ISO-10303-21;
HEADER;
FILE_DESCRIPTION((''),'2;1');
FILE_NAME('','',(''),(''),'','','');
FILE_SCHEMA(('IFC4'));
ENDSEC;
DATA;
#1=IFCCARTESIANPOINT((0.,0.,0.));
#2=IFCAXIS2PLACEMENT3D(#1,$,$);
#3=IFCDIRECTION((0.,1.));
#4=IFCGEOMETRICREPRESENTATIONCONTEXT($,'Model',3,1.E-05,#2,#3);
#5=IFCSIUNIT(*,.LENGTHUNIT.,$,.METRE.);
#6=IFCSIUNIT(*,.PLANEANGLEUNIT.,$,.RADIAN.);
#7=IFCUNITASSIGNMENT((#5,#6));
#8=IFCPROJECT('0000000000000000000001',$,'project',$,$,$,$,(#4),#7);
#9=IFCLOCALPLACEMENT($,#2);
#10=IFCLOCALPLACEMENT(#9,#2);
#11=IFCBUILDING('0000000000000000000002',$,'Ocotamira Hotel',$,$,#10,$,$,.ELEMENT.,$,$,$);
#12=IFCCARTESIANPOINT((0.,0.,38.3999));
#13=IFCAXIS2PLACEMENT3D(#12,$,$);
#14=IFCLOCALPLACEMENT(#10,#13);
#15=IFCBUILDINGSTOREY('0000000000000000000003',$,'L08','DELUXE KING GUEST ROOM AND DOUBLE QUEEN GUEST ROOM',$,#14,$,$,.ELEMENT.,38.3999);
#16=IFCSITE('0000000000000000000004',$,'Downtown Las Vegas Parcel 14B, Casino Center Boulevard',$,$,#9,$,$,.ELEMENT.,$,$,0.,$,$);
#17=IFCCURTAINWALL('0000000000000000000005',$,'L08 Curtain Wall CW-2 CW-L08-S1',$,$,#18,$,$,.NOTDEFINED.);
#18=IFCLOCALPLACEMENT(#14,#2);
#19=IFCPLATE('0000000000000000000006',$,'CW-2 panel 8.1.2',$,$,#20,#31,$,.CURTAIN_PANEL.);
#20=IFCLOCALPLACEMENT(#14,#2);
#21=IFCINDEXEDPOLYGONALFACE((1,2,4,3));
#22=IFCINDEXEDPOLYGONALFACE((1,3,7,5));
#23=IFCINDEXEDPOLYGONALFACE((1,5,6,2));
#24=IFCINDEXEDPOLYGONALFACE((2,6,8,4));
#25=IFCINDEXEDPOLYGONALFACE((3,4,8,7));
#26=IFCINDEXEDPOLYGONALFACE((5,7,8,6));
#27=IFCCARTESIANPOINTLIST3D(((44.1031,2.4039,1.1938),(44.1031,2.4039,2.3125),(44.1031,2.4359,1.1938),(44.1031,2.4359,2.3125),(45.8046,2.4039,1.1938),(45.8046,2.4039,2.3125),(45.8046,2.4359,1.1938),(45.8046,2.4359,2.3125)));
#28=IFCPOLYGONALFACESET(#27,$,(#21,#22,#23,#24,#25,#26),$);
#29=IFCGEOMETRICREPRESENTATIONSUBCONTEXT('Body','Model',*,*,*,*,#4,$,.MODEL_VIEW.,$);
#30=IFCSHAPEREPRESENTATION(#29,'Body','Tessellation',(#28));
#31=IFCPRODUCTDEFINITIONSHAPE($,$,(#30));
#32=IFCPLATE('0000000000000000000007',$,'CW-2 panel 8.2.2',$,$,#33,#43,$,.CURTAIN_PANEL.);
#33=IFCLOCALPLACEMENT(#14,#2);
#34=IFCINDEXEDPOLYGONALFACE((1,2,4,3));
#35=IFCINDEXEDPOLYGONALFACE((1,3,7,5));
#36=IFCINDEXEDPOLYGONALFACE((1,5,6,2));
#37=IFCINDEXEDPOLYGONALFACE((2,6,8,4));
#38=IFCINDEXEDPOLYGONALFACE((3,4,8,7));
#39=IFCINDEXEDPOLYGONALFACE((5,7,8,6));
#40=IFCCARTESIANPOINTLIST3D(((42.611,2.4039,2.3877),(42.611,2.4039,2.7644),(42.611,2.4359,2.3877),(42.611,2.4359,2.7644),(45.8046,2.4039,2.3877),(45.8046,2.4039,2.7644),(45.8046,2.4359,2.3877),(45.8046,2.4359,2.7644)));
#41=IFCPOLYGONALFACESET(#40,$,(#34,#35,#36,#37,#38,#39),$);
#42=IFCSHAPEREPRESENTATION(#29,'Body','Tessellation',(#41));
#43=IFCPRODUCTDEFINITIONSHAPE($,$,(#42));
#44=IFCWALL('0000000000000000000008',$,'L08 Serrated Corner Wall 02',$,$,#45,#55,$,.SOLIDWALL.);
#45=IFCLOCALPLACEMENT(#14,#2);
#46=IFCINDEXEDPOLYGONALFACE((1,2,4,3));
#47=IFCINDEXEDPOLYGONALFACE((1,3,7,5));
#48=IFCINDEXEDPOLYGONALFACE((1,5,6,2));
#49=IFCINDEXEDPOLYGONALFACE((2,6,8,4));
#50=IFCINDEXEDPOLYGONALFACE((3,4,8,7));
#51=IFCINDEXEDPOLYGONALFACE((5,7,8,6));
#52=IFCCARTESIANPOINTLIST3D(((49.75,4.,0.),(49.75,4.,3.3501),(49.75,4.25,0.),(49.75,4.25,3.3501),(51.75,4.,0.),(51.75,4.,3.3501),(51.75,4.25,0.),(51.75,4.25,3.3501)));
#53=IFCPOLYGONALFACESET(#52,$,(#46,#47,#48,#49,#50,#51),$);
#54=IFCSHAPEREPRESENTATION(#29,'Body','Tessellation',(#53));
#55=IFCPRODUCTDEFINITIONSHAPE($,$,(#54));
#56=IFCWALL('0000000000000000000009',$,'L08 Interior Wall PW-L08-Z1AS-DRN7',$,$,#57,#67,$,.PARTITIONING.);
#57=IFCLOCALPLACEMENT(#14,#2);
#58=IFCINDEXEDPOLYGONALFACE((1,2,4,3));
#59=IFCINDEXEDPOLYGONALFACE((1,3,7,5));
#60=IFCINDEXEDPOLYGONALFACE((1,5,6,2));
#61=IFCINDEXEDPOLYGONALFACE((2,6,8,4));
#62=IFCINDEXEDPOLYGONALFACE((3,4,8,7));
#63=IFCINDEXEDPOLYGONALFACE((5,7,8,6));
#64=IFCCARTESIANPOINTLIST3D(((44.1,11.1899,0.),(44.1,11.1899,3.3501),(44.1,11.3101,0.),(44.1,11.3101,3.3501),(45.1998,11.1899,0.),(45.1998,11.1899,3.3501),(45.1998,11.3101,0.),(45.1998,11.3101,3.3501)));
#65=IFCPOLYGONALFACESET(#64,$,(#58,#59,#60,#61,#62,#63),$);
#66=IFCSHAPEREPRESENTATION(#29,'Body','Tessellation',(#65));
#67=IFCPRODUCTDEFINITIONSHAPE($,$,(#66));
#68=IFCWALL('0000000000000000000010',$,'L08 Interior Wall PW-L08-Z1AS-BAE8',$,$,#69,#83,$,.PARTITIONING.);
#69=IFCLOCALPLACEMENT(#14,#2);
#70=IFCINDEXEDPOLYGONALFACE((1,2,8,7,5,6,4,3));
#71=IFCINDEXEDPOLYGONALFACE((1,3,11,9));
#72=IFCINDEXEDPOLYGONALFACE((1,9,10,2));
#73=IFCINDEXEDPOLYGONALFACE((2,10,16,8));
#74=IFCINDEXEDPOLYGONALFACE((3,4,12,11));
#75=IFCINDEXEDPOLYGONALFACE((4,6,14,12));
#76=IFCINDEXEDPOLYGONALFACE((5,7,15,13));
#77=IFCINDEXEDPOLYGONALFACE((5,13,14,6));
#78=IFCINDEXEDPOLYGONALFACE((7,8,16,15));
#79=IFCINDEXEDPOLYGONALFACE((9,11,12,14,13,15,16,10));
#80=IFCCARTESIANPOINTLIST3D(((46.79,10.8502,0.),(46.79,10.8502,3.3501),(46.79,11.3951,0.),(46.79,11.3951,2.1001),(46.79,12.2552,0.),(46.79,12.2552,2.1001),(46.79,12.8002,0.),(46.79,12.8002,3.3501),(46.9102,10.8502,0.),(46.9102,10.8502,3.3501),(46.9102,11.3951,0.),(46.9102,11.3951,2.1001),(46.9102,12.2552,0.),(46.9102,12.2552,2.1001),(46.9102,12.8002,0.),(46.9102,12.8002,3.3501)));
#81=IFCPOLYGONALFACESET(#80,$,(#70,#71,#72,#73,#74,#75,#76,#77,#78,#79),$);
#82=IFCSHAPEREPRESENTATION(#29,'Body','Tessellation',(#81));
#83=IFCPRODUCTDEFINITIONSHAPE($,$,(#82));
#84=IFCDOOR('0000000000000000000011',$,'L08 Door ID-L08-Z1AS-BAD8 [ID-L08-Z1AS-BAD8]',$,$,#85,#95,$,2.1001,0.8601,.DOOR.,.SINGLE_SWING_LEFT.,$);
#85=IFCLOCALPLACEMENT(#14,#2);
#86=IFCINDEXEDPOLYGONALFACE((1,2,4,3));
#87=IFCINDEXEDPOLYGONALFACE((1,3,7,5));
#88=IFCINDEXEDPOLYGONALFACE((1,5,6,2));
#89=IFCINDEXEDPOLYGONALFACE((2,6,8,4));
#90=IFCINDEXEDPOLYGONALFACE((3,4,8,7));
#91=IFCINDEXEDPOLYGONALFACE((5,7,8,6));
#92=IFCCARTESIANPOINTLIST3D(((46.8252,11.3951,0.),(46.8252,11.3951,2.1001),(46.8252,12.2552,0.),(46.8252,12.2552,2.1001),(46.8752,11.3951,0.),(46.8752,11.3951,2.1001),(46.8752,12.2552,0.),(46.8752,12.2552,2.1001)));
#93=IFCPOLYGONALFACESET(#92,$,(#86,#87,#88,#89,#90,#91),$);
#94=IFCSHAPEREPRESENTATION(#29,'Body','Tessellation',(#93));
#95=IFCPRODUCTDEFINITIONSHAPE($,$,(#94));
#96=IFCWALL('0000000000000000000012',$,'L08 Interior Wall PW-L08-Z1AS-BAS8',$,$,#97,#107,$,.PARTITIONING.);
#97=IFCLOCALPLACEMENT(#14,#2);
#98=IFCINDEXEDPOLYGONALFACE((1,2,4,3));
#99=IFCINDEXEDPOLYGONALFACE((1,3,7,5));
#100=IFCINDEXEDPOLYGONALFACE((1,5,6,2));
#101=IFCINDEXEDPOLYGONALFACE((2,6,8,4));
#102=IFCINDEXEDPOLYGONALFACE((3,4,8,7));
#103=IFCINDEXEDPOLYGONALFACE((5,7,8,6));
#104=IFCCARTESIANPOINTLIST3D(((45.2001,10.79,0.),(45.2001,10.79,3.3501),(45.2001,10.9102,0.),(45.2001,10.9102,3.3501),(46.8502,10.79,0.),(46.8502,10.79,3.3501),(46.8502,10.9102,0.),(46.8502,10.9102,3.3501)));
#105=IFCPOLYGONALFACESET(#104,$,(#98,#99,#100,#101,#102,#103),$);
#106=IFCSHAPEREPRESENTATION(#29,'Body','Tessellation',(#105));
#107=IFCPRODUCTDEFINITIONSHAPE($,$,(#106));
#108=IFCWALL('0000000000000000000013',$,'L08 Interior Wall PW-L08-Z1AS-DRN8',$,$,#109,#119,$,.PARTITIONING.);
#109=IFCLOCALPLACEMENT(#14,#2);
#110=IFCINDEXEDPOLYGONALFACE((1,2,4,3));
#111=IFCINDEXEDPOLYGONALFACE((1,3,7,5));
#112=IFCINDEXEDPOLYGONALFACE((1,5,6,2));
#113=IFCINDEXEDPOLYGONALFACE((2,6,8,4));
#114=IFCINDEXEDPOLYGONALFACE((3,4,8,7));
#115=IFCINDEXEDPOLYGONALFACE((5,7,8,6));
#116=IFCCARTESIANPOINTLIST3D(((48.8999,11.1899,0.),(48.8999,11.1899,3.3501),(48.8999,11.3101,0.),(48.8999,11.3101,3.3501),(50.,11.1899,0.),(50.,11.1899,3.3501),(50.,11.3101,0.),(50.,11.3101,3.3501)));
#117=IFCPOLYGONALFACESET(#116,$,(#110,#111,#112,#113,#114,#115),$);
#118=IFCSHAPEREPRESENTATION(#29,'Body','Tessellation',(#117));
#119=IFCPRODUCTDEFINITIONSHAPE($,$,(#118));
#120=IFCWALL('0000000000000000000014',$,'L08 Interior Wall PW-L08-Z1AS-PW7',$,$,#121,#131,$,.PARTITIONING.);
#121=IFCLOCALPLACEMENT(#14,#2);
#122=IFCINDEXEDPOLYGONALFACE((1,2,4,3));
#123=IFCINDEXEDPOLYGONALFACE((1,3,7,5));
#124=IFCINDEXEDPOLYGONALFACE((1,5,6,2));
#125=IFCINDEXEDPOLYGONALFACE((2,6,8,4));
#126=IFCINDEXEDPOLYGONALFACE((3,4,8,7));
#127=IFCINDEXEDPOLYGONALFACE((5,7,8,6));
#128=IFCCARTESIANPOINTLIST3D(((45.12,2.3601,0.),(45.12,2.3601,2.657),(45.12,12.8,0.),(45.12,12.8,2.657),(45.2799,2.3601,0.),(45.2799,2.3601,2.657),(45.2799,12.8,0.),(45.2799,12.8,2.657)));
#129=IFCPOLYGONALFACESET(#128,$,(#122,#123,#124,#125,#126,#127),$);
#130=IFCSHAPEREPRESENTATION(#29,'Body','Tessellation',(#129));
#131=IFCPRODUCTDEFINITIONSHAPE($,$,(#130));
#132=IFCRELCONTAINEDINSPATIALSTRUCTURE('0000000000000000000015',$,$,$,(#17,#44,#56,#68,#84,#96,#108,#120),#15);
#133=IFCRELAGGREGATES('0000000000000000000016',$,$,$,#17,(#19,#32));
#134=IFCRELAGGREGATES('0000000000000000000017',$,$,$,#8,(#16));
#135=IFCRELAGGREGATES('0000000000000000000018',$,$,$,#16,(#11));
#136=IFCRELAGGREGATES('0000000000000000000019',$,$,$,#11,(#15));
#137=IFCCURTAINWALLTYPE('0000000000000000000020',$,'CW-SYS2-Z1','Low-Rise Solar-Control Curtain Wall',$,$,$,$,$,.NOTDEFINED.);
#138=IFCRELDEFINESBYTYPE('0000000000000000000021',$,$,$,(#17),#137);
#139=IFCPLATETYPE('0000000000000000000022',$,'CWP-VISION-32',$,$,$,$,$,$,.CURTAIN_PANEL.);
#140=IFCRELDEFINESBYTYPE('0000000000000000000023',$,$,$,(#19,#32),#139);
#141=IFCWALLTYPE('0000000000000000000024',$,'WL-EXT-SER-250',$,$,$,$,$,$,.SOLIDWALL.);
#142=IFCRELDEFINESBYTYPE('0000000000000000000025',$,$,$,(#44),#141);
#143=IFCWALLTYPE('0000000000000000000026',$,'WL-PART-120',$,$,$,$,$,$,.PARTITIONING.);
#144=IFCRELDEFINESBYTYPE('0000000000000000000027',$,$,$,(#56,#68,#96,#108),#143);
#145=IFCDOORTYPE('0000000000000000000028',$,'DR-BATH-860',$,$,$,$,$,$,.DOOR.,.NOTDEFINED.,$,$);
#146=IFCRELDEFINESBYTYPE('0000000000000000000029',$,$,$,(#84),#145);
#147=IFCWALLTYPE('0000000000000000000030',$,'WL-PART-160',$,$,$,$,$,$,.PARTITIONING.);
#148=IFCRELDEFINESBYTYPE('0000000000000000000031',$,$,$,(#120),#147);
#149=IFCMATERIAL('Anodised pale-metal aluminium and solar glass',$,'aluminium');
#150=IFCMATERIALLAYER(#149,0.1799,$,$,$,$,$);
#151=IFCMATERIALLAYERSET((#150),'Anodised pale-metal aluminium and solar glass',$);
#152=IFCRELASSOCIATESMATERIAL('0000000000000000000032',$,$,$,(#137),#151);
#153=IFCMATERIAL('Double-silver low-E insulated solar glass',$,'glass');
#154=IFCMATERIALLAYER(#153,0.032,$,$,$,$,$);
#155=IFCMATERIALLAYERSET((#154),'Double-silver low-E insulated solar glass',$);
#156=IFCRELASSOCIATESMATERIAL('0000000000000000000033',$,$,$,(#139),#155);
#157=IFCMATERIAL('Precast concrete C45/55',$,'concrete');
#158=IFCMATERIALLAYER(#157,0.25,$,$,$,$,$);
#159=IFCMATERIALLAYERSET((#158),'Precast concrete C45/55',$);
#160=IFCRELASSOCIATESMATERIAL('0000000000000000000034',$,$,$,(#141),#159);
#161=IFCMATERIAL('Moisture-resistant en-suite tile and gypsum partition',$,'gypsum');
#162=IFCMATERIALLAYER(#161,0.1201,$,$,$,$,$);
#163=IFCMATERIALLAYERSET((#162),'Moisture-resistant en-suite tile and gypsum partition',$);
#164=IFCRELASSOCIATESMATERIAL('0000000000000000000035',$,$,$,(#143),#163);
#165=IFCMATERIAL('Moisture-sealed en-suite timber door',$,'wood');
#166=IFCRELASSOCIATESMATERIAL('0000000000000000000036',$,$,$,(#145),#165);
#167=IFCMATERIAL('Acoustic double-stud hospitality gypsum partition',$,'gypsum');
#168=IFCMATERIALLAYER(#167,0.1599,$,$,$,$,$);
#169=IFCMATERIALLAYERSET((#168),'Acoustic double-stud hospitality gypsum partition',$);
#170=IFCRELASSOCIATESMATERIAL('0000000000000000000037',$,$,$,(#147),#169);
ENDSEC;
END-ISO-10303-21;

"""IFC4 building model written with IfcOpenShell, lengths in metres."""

from ifc_helpers import new_model, si_unit, direction, frame, frame_2d, origin, origin_2d, place, context, subcontext, project, spatial, rectangle, extrude, source, transform, mapped, material, layer, layer_set, type_object, element, fill, aggregate, save


model = new_model("IFC4")

# Units and contexts
model_context = context("Model", 3, precision=1e-05, world=origin(), true_north=direction((0.0, 1.0)))
body_context = subcontext(model_context, "Body", "Model", "MODEL_VIEW")
ifc_project = project(units=[si_unit("LENGTHUNIT", "METRE"), si_unit("PLANEANGLEUNIT", "RADIAN")], contexts=[model_context])

# Site, building, storey
site_placement = place(None, origin())
site = spatial("IfcSite", under=ifc_project, at=site_placement, Name="Downtown Las Vegas Parcel 14B, Casino Center Boulevard", CompositionType="ELEMENT", RefElevation=0.0)
building_placement = place(site_placement, origin())
building = spatial("IfcBuilding", under=site, at=building_placement, Name="Ocotamira Hotel", CompositionType="ELEMENT")
storey_placement = place(building_placement, frame((0.0, 0.0, 38.3999)))
storey = spatial("IfcBuildingStorey", under=building, at=storey_placement, Name="L08", Description="DELUXE KING GUEST ROOM AND DOUBLE QUEEN GUEST ROOM", CompositionType="ELEMENT", Elevation=38.3999)

# Curtain wall, plates
ifc_material_1 = material(Name="Anodised pale-metal aluminium and solar glass", Category="aluminium")
ifc_layer_1 = layer(ifc_material_1, 0.1799)
ifc_layer_set_1 = layer_set([ifc_layer_1], Name="Anodised pale-metal aluminium and solar glass")
curtain_wall_type = type_object("IfcCurtainWallType", Name="CW-SYS2-Z1", Description="Low-Rise Solar-Control Curtain Wall", PredefinedType="NOTDEFINED", material=ifc_layer_set_1)
curtain_wall_placement = place(storey_placement, origin())
curtain_wall = element("IfcCurtainWall", 1, at=curtain_wall_placement, inside=storey, type_object=curtain_wall_type, Name="L08 Curtain Wall CW-2 CW-L08-S1", PredefinedType="NOTDEFINED")
ifc_material_2 = material(Name="Double-silver low-E insulated solar glass", Category="glass")
ifc_layer_2 = layer(ifc_material_2, 0.032)
ifc_layer_set_2 = layer_set([ifc_layer_2], Name="Double-silver low-E insulated solar glass")
plate_type = type_object("IfcPlateType", Name="CWP-VISION-32", PredefinedType="CURTAIN_PANEL", material=ifc_layer_set_2)
shared_shape_1 = source(origin(), body_context, "Body", "SweptSolid", [
    extrude(rectangle(XDim=1.7014, YDim=0.032, at=origin_2d()), origin(), (0.0, 0.0, 1.0), 1.1187),
])
plate_1_placement = place(storey_placement, frame((44.9539, 2.4199, 1.1938), z_axis=(0.0, 0.0, 1.0), x_axis=(1.0, 0.0, 0.0)))
plate_1 = element("IfcPlate", 2, at=plate_1_placement, type_object=plate_type, Name="CW-2 panel 8.1.2", PredefinedType="CURTAIN_PANEL", context=body_context, shape_type="MappedRepresentation", body=[
    mapped(shared_shape_1, transform((0.0, 0.0, 0.0), scale=1.0)),
])
shared_shape_2 = source(origin(), body_context, "Body", "SweptSolid", [
    extrude(rectangle(XDim=3.1936, YDim=0.032, at=origin_2d()), origin(), (0.0, 0.0, 1.0), 0.3767),
])
plate_2_placement = place(storey_placement, frame((44.2078, 2.4199, 2.3877), z_axis=(0.0, 0.0, 1.0), x_axis=(1.0, 0.0, 0.0)))
plate_2 = element("IfcPlate", 3, at=plate_2_placement, type_object=plate_type, Name="CW-2 panel 8.2.2", PredefinedType="CURTAIN_PANEL", context=body_context, shape_type="MappedRepresentation", body=[
    mapped(shared_shape_2, transform((0.0, 0.0, 0.0), scale=1.0)),
])
aggregate(curtain_wall, [plate_1, plate_2])

# Walls
ifc_material_3 = material(Name="Precast concrete C45/55", Category="concrete")
ifc_layer_3 = layer(ifc_material_3, 0.25)
ifc_layer_set_3 = layer_set([ifc_layer_3], Name="Precast concrete C45/55")
wall_type_1 = type_object("IfcWallType", Name="WL-EXT-SER-250", PredefinedType="SOLIDWALL", material=ifc_layer_set_3)
wall_1_placement = place(storey_placement, frame((49.75, 4.125, 0.0), z_axis=(0.0, 0.0, 1.0), x_axis=(1.0, 0.0, 0.0)))
element("IfcWall", 4, at=wall_1_placement, inside=storey, type_object=wall_type_1, Name="L08 Serrated Corner Wall 02", PredefinedType="SOLIDWALL", context=body_context, shape_type="SweptSolid", body=[
    extrude(rectangle(XDim=2.0, YDim=0.25, at=frame_2d((1.0, 0.0))), origin(), (0.0, 0.0, 1.0), 3.3501),
])
ifc_material_4 = material(Name="Moisture-resistant en-suite tile and gypsum partition", Category="gypsum")
ifc_layer_4 = layer(ifc_material_4, 0.1201)
ifc_layer_set_4 = layer_set([ifc_layer_4], Name="Moisture-resistant en-suite tile and gypsum partition")
wall_type_2 = type_object("IfcWallType", Name="WL-PART-120", PredefinedType="PARTITIONING", material=ifc_layer_set_4)
wall_2_placement = place(storey_placement, frame((44.1001, 11.25, 0.0), z_axis=(0.0, 0.0, 1.0), x_axis=(1.0, 0.0, 0.0)))
element("IfcWall", 5, at=wall_2_placement, inside=storey, type_object=wall_type_2, Name="L08 Interior Wall PW-L08-Z1AS-DRN7", PredefinedType="PARTITIONING", context=body_context, shape_type="SweptSolid", body=[
    extrude(rectangle(XDim=1.0999, YDim=0.1201, at=frame_2d((0.5498, 0.0))), origin(), (0.0, 0.0, 1.0), 3.3501),
])

# Wall, opening, door
wall_3_placement = place(storey_placement, frame((46.8501, 10.8501, 0.0), z_axis=(0.0, 0.0, 1.0), x_axis=(0.0, 1.0, 0.0)))
wall_3 = element("IfcWall", 6, at=wall_3_placement, inside=storey, type_object=wall_type_2, Name="L08 Interior Wall PW-L08-Z1AS-BAE8", PredefinedType="PARTITIONING", context=body_context, shape_type="SweptSolid", body=[
    extrude(rectangle(XDim=1.95, YDim=0.1201, at=frame_2d((0.9751, 0.0))), origin(), (0.0, 0.0, 1.0), 3.3501),
])
opening_placement = place(wall_3_placement, frame((0.5449, 0.0, 0.0)))
opening = element("IfcOpeningElement", 7, at=opening_placement, cuts=wall_3, PredefinedType="OPENING", context=body_context, shape_type="SweptSolid", body=[
    extrude(rectangle(XDim=0.8601, YDim=2.1001, at=frame_2d((0.4302, 1.05))), frame((0.0, 0.0701, 0.0), z_axis=(0.0, -1.0, 0.0), x_axis=(1.0, 0.0, 0.0)), (0.0, 0.0, 1.0), 0.1401),
])
ifc_material_5 = material(Name="Moisture-sealed en-suite timber door", Category="wood")
door_type = type_object("IfcDoorType", Name="DR-BATH-860", OperationType="NOTDEFINED", PredefinedType="DOOR", material=ifc_material_5)
shared_shape_3 = source(origin(), body_context, "Body", "SweptSolid", [
    extrude(rectangle(XDim=0.8601, YDim=2.1001, at=frame_2d((0.4302, 1.05))), frame((0.0, 0.0249, 0.0), z_axis=(0.0, -1.0, 0.0), x_axis=(1.0, 0.0, 0.0)), (0.0, 0.0, 1.0), 0.05),
])
door_placement = place(opening_placement, origin())
door = element("IfcDoor", 8, at=door_placement, inside=storey, type_object=door_type, Name="L08 Door ID-L08-Z1AS-BAD8 [ID-L08-Z1AS-BAD8]", OperationType="SINGLE_SWING_LEFT", OverallHeight=2.1001, OverallWidth=0.8601, PredefinedType="DOOR", context=body_context, shape_type="MappedRepresentation", body=[
    mapped(shared_shape_3, transform((0.0, 0.0, 0.0), scale=1.0)),
])
fill(opening, door)

# Walls
wall_4_placement = place(storey_placement, frame((45.2, 10.8501, 0.0), z_axis=(0.0, 0.0, 1.0), x_axis=(1.0, 0.0, 0.0)))
element("IfcWall", 9, at=wall_4_placement, inside=storey, type_object=wall_type_2, Name="L08 Interior Wall PW-L08-Z1AS-BAS8", PredefinedType="PARTITIONING", context=body_context, shape_type="SweptSolid", body=[
    extrude(rectangle(XDim=1.6501, YDim=0.1201, at=frame_2d((0.8252, 0.0))), origin(), (0.0, 0.0, 1.0), 3.3501),
])
wall_5_placement = place(storey_placement, frame((48.8999, 11.25, 0.0), z_axis=(0.0, 0.0, 1.0), x_axis=(1.0, 0.0, 0.0)))
element("IfcWall", 10, at=wall_5_placement, inside=storey, type_object=wall_type_2, Name="L08 Interior Wall PW-L08-Z1AS-DRN8", PredefinedType="PARTITIONING", context=body_context, shape_type="SweptSolid", body=[
    extrude(rectangle(XDim=1.1001, YDim=0.1201, at=frame_2d((0.55, 0.0))), origin(), (0.0, 0.0, 1.0), 3.3501),
])
ifc_material_6 = material(Name="Acoustic double-stud hospitality gypsum partition", Category="gypsum")
ifc_layer_5 = layer(ifc_material_6, 0.1599)
ifc_layer_set_5 = layer_set([ifc_layer_5], Name="Acoustic double-stud hospitality gypsum partition")
wall_type_3 = type_object("IfcWallType", Name="WL-PART-160", PredefinedType="PARTITIONING", material=ifc_layer_set_5)
wall_6_placement = place(storey_placement, frame((45.2, 2.3601, 0.0), z_axis=(0.0, 0.0, 1.0), x_axis=(0.0, 1.0, 0.0)))
element("IfcWall", 11, at=wall_6_placement, inside=storey, type_object=wall_type_3, Name="L08 Interior Wall PW-L08-Z1AS-PW7", PredefinedType="PARTITIONING", context=body_context, shape_type="SweptSolid", body=[
    extrude(rectangle(XDim=10.4399, YDim=0.1599, at=frame_2d((5.22, 0.0))), origin(), (0.0, 0.0, 1.0), 2.657),
])

save(model, "model.ifc")
